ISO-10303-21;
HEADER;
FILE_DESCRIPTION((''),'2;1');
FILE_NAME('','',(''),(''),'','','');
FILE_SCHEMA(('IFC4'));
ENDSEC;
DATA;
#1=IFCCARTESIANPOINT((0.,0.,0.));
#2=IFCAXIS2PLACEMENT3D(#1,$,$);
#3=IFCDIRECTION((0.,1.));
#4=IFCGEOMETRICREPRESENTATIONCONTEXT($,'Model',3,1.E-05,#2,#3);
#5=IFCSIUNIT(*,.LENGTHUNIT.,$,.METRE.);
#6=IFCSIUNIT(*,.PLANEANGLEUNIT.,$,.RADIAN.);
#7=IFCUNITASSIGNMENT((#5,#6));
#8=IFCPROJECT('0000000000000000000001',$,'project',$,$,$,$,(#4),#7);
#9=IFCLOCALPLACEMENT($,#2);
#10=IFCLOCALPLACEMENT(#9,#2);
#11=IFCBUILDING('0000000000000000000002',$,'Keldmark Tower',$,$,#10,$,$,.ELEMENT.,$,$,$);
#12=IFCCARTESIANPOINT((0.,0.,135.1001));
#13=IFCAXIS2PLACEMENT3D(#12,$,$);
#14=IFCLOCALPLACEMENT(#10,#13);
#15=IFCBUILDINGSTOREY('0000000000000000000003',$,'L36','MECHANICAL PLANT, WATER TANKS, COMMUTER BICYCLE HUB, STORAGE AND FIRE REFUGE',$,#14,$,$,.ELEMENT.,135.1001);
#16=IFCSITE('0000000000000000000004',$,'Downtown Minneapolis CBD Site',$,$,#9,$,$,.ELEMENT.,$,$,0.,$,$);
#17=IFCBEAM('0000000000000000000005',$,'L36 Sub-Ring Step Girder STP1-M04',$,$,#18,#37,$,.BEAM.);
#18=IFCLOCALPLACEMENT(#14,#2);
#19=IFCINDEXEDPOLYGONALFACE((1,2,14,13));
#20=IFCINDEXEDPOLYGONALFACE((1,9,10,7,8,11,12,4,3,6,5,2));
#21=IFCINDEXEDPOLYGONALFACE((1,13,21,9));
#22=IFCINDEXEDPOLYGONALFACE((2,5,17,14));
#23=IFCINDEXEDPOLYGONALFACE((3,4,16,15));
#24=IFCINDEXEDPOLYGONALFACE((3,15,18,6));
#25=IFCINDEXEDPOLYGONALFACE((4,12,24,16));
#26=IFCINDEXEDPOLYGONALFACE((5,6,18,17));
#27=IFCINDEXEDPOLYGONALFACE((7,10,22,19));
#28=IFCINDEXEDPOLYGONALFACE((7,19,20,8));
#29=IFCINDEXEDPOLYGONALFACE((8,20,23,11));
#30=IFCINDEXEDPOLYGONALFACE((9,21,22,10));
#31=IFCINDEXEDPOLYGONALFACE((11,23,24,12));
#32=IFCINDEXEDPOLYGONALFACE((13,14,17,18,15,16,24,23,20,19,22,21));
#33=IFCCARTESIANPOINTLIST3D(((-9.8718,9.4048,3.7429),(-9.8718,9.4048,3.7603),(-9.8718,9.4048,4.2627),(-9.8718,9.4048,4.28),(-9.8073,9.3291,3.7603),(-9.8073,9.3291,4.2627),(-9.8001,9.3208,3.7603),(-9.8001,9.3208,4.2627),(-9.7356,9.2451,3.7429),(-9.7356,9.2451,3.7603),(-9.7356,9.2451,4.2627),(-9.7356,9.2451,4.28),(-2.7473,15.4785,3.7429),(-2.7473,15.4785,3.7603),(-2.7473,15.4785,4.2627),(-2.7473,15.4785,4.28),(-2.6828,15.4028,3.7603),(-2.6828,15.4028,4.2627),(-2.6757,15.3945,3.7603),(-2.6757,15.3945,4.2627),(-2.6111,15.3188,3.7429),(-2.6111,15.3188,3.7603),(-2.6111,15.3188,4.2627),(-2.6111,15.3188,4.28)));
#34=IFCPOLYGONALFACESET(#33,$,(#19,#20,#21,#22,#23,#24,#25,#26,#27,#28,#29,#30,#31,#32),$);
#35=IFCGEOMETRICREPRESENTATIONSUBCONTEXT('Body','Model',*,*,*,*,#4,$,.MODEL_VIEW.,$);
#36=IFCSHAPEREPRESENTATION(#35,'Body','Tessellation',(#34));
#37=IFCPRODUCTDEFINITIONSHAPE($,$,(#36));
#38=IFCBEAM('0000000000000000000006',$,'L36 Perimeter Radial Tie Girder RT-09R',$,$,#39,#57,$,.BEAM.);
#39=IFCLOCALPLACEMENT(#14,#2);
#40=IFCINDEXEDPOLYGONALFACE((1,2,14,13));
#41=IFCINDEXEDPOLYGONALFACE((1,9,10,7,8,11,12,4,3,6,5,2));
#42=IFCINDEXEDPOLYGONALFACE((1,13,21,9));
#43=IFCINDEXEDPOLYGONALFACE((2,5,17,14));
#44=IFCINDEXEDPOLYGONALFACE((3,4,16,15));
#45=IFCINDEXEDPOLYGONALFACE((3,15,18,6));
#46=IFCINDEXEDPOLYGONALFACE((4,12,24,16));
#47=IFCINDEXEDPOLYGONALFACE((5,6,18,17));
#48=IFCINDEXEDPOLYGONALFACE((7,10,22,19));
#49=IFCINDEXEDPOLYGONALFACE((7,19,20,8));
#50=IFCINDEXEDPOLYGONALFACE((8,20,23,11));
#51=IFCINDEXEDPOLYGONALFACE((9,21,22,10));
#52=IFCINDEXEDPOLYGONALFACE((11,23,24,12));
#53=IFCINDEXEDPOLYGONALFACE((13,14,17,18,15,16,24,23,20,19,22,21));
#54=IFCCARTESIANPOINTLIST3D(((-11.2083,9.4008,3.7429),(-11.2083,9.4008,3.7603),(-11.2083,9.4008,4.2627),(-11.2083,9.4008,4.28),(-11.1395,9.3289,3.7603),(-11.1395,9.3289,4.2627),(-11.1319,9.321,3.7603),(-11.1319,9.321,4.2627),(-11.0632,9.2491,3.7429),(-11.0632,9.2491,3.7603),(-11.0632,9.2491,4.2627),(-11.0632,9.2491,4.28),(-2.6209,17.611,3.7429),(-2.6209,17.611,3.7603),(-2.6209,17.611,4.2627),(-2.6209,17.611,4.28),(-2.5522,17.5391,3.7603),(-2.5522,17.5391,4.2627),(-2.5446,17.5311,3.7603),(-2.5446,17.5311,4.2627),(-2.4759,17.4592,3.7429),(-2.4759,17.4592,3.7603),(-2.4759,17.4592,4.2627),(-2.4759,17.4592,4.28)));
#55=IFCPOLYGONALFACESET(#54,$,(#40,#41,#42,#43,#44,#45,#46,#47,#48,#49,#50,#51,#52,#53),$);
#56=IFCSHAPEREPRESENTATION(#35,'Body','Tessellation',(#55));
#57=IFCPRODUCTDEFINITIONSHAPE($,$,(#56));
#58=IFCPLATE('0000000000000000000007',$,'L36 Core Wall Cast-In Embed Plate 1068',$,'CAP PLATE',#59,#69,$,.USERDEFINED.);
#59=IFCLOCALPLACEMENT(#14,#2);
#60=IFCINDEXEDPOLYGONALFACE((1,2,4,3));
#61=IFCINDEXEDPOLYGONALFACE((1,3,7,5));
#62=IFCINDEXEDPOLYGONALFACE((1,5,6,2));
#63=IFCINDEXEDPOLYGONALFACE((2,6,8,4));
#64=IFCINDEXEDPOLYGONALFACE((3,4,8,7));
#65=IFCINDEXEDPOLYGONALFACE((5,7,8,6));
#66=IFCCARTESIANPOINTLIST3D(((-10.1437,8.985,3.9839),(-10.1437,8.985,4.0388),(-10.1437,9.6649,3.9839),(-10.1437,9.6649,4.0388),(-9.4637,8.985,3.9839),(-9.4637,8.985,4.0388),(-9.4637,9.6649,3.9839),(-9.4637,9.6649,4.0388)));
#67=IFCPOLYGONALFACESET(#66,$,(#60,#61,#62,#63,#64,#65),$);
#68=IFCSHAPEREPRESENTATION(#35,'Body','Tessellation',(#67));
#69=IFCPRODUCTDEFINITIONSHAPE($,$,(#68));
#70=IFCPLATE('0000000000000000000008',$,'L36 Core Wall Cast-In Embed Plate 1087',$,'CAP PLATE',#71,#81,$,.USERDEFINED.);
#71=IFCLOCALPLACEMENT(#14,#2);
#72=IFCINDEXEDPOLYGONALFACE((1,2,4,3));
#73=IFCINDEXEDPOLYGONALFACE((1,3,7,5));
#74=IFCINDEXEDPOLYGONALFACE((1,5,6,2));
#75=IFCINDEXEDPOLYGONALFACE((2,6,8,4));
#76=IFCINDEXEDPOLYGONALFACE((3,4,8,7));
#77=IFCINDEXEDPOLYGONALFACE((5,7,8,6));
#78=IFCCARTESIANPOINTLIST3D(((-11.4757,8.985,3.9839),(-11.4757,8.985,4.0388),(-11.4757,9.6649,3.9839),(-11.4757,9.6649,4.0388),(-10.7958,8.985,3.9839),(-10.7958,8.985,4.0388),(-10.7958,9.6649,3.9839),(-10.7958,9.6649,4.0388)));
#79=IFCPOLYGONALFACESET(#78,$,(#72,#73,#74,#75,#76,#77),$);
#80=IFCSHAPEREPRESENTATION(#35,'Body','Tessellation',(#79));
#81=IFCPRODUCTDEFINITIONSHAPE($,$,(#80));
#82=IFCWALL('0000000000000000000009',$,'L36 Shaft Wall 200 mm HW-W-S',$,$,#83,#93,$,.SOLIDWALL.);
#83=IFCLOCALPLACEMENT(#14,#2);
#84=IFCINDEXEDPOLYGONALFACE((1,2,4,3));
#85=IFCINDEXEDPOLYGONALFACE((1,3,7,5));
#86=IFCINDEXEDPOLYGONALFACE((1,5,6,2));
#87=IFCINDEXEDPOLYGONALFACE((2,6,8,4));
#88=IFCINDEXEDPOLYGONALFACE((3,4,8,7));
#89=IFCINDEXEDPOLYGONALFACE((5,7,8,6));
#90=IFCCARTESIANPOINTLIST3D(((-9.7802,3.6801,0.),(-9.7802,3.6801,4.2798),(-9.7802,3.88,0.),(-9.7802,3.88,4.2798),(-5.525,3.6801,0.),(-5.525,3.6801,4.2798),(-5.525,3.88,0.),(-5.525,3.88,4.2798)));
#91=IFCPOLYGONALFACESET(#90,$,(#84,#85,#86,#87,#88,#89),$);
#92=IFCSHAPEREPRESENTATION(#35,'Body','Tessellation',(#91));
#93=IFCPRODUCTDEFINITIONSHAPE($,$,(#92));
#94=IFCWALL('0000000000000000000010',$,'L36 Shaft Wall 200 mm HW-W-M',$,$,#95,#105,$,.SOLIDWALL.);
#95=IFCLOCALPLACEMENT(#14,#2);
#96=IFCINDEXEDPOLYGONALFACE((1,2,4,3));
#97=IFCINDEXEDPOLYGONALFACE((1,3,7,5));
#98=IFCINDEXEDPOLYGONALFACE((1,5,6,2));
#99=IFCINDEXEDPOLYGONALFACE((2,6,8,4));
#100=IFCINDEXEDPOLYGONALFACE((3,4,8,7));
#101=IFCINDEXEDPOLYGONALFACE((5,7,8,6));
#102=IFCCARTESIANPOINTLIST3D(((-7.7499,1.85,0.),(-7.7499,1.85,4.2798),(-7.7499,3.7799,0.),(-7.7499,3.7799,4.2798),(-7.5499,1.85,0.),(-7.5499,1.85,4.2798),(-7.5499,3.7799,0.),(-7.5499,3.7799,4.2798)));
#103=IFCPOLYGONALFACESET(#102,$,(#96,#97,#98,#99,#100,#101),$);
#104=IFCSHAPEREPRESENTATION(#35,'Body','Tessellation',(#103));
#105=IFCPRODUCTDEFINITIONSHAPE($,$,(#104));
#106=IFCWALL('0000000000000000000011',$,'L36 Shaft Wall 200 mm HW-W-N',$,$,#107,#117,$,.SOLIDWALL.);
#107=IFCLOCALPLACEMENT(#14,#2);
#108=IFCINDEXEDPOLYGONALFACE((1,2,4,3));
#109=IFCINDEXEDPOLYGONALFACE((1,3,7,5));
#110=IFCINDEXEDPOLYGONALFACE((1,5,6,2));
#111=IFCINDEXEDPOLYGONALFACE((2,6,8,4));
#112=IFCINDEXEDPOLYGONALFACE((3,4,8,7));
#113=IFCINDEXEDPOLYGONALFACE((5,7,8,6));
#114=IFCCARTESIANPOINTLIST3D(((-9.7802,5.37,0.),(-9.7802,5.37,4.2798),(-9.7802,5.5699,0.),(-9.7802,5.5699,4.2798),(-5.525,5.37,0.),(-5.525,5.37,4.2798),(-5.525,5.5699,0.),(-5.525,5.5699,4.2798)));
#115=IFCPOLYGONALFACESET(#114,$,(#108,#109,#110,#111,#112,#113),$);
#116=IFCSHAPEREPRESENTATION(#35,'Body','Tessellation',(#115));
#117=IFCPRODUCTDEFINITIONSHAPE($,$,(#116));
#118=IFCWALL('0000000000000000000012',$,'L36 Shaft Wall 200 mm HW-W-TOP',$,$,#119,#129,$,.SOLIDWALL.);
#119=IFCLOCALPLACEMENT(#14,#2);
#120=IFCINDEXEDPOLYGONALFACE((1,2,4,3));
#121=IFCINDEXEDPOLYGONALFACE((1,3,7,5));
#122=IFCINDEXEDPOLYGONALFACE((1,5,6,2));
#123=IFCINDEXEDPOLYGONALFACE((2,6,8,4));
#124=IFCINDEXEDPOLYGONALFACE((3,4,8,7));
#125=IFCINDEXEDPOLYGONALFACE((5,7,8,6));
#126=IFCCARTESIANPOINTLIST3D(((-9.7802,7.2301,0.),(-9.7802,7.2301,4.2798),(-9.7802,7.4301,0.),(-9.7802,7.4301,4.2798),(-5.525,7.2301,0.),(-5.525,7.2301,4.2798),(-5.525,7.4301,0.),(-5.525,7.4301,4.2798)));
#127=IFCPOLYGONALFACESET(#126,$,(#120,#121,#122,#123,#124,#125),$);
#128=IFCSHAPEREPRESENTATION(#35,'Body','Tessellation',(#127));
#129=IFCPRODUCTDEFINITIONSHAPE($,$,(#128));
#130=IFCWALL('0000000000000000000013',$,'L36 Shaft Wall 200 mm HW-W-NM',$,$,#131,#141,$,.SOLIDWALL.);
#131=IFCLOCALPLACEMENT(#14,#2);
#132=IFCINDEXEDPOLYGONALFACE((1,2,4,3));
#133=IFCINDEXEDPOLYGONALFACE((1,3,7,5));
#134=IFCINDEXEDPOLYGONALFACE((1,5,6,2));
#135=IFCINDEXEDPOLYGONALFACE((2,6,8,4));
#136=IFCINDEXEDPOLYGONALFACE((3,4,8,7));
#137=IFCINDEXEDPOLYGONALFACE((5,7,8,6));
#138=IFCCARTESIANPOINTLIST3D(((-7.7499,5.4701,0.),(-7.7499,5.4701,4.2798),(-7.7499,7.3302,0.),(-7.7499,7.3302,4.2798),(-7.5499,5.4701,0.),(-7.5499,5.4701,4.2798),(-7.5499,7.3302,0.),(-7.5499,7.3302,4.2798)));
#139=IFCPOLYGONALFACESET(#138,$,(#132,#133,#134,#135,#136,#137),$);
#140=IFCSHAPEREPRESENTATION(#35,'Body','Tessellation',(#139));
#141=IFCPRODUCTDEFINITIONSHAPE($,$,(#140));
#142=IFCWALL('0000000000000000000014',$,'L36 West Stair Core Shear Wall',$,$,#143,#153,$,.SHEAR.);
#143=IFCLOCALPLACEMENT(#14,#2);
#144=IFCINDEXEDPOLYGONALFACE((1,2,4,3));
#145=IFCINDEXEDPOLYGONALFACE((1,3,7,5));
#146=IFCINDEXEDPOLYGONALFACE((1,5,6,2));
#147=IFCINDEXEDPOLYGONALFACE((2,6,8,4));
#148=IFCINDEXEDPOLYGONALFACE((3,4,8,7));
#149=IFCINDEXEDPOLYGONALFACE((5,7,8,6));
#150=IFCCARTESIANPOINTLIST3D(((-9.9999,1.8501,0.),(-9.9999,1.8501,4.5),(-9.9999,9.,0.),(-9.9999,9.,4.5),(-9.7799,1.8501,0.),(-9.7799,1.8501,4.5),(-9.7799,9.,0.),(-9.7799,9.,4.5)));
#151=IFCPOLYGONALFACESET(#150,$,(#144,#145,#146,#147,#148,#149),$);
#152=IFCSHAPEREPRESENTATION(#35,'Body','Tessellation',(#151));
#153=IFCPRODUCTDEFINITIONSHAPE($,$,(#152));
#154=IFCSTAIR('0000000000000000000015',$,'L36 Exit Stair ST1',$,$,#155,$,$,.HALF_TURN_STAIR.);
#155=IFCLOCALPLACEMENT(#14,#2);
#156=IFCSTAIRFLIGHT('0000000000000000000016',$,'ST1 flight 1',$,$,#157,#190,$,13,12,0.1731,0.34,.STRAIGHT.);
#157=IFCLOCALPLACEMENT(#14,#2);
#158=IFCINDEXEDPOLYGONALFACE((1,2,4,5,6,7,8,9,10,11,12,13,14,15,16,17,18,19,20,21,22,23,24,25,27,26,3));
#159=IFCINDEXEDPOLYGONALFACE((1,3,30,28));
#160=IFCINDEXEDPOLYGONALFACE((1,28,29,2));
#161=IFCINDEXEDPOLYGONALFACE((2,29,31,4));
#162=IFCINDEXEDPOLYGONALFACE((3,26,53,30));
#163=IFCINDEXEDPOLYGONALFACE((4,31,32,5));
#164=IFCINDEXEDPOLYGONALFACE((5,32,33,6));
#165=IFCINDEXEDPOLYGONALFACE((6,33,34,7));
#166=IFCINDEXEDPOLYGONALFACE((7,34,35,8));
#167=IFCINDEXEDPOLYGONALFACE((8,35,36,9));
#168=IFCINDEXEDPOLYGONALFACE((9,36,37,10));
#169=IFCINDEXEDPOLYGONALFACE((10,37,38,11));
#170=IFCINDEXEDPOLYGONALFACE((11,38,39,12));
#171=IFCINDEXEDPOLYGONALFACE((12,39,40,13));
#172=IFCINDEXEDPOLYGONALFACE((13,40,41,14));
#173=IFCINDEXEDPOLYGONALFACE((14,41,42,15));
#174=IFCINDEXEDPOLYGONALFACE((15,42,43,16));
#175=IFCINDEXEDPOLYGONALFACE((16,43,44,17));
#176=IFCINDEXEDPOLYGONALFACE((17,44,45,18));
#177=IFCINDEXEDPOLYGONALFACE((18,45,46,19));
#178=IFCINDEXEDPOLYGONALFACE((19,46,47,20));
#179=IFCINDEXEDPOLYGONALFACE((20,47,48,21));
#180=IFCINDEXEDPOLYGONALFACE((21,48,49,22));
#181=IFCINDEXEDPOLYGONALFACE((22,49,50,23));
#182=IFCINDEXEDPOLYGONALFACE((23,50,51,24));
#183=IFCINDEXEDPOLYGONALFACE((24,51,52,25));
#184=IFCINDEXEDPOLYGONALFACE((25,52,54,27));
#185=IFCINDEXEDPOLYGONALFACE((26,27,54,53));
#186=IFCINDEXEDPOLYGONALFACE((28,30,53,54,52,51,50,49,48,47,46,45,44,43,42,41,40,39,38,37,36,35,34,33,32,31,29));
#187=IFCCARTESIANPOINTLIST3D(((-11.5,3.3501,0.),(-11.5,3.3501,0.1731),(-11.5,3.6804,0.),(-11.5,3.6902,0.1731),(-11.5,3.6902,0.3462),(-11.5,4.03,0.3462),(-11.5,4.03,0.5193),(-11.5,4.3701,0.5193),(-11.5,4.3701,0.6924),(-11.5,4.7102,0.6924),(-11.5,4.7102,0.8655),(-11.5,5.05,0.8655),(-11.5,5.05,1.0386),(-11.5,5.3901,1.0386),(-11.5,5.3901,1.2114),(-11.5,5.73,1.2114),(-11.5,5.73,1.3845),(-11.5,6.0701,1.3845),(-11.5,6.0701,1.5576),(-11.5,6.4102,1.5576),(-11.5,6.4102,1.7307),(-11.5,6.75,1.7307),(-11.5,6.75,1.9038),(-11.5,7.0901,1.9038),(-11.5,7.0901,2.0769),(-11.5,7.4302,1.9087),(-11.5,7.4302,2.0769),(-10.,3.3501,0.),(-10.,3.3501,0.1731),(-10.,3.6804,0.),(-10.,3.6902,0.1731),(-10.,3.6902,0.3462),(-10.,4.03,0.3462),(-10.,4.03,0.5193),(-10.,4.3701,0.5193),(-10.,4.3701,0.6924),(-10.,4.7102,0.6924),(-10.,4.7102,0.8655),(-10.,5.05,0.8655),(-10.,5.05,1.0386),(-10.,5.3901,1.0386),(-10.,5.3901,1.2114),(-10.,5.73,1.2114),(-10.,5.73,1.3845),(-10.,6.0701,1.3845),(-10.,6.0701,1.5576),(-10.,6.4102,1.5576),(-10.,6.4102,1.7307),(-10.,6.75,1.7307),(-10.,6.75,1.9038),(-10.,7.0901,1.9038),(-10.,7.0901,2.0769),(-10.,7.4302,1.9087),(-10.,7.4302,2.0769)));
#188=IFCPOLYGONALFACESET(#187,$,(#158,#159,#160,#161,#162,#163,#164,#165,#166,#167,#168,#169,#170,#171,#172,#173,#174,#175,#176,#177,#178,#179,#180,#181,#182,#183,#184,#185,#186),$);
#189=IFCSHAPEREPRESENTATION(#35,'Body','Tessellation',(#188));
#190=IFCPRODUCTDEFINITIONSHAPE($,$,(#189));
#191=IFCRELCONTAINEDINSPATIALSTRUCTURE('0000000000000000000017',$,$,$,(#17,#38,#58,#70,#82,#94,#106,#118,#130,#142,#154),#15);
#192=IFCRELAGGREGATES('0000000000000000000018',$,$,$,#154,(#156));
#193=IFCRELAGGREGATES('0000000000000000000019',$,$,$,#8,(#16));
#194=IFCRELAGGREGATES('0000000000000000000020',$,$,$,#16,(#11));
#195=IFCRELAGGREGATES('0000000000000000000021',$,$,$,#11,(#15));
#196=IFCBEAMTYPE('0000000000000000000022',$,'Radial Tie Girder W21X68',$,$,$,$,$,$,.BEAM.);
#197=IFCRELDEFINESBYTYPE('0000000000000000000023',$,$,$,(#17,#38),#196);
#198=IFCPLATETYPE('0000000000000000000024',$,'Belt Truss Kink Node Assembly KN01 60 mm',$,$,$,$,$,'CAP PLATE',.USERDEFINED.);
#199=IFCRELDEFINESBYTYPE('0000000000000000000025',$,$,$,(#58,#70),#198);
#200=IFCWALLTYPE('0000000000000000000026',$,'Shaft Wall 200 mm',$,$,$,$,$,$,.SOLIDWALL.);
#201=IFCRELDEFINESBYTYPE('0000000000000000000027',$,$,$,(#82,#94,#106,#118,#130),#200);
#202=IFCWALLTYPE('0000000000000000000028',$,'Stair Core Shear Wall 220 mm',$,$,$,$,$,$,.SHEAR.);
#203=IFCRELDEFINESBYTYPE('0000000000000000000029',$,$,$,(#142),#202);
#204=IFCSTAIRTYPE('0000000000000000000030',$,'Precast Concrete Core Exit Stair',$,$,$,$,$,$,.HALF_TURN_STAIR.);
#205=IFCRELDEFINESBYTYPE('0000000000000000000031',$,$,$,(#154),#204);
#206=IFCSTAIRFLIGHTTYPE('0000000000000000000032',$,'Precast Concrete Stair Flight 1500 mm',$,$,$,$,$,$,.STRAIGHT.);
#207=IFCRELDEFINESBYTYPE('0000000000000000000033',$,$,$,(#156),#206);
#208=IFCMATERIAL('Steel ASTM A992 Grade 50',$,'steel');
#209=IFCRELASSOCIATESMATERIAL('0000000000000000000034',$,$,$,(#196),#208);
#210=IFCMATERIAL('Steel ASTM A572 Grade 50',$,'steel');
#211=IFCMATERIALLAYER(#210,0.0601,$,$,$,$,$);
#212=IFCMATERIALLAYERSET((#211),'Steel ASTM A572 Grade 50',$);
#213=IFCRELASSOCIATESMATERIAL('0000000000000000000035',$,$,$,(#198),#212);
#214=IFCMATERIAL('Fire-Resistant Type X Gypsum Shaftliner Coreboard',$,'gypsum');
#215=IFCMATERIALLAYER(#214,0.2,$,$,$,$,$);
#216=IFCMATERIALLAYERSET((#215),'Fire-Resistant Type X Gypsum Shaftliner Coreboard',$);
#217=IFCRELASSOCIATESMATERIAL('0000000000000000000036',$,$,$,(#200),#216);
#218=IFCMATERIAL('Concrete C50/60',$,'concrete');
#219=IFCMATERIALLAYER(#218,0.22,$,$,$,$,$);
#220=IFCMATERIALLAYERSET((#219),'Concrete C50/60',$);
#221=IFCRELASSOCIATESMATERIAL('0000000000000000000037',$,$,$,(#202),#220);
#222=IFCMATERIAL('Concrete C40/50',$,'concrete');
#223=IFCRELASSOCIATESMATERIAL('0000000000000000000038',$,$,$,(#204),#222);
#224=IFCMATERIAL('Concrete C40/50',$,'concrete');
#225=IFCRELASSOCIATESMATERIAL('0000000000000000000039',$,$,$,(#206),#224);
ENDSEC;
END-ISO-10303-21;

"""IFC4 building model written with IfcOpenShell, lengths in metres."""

from ifc_helpers import new_model, si_unit, direction, frame, frame_2d, origin, origin_2d, place, context, subcontext, project, spatial, polyline, rectangle, i_section, outline, extrude, material, layer, layer_set, material_profile, profile_set, type_object, element, aggregate, save


model = new_model("IFC4")

# Units and contexts
model_context = context("Model", 3, precision=1e-05, world=origin(), true_north=direction((0.0, 1.0)))
body_context = subcontext(model_context, "Body", "Model", "MODEL_VIEW")
ifc_project = project(units=[si_unit("LENGTHUNIT", "METRE"), si_unit("PLANEANGLEUNIT", "RADIAN")], contexts=[model_context])

# Site, building, storey
site_placement = place(None, origin())
site = spatial("IfcSite", under=ifc_project, at=site_placement, Name="Downtown Minneapolis CBD Site", CompositionType="ELEMENT", RefElevation=0.0)
building_placement = place(site_placement, origin())
building = spatial("IfcBuilding", under=site, at=building_placement, Name="Keldmark Tower", CompositionType="ELEMENT")
storey_placement = place(building_placement, frame((0.0, 0.0, 135.1001)))
storey = spatial("IfcBuildingStorey", under=building, at=storey_placement, Name="L36", Description="MECHANICAL PLANT, WATER TANKS, COMMUTER BICYCLE HUB, STORAGE AND FIRE REFUGE", CompositionType="ELEMENT", Elevation=135.1001)

# Beams
ifc_material_1 = material(Name="Steel ASTM A992 Grade 50", Category="steel")
ifc_material_profile = material_profile(ifc_material_1, i_section(OverallWidth=0.21, OverallDepth=0.5371, WebThickness=0.011, FlangeThickness=0.0173, at=origin_2d()), Name="W21X68")
ifc_profile_set = profile_set([ifc_material_profile], Name="Steel ASTM A992 Grade 50")
beam_type = type_object("IfcBeamType", Name="Radial Tie Girder W21X68", PredefinedType="BEAM", material=ifc_profile_set)
beam_1_placement = place(storey_placement, frame((-9.8037, 9.325, 4.0115), z_axis=(0.760995, 0.648757, 0.0), x_axis=(-0.648757, 0.760995, 0.0)))
element("IfcBeam", 1, at=beam_1_placement, inside=storey, type_object=beam_type, Name="L36 Sub-Ring Step Girder STP1-M04", PredefinedType="BEAM", context=body_context, shape_type="SweptSolid", body=[
    extrude(i_section(OverallWidth=0.21, OverallDepth=0.5371, WebThickness=0.011, FlangeThickness=0.0173, at=origin_2d()), origin(), (0.0, 0.0, 1.0), 9.3621),
])
beam_2_placement = place(storey_placement, frame((-11.1357, 9.325, 4.0115), z_axis=(0.722803, 0.691054, 0.0), x_axis=(-0.691054, 0.722803, 0.0)))
element("IfcBeam", 2, at=beam_2_placement, inside=storey, type_object=beam_type, Name="L36 Perimeter Radial Tie Girder RT-09R", PredefinedType="BEAM", context=body_context, shape_type="SweptSolid", body=[
    extrude(i_section(OverallWidth=0.21, OverallDepth=0.5371, WebThickness=0.011, FlangeThickness=0.0173, at=origin_2d()), origin(), (0.0, 0.0, 1.0), 11.8806),
])

# Plates
ifc_material_2 = material(Name="Steel ASTM A572 Grade 50", Category="steel")
ifc_layer_1 = layer(ifc_material_2, 0.0601)
ifc_layer_set_1 = layer_set([ifc_layer_1], Name="Steel ASTM A572 Grade 50")
plate_type = type_object("IfcPlateType", Name="Belt Truss Kink Node Assembly KN01 60 mm", ElementType="CAP PLATE", PredefinedType="USERDEFINED", material=ifc_layer_set_1)
for number, where, z_axis, x_axis, name in (
    (3, (-9.8037, 9.325, 3.9839), (0.0, 0.0, 1.0), (1.0, 0.0, 0.0), "L36 Core Wall Cast-In Embed Plate 1068"),
    (4, (-11.1357, 9.325, 3.9839), (0.0, 0.0, 1.0), (1.0, 0.0, 0.0), "L36 Core Wall Cast-In Embed Plate 1087"),
):
    element("IfcPlate", number, at=place(storey_placement, frame(where, z_axis=z_axis, x_axis=x_axis)), inside=storey, type_object=plate_type, Name=name, ObjectType="CAP PLATE", PredefinedType="USERDEFINED", context=body_context, shape_type="SweptSolid", body=[
        extrude(rectangle(XDim=0.6799, YDim=0.6799, at=origin_2d()), origin(), (0.0, 0.0, 1.0), 0.0549),
    ])

# Walls
ifc_material_3 = material(Name="Fire-Resistant Type X Gypsum Shaftliner Coreboard", Category="gypsum")
ifc_layer_2 = layer(ifc_material_3, 0.2)
ifc_layer_set_2 = layer_set([ifc_layer_2], Name="Fire-Resistant Type X Gypsum Shaftliner Coreboard")
wall_type_1 = type_object("IfcWallType", Name="Shaft Wall 200 mm", PredefinedType="SOLIDWALL", material=ifc_layer_set_2)
wall_1_placement = place(storey_placement, frame((-9.78, 3.78, 0.0), z_axis=(0.0, 0.0, 1.0), x_axis=(1.0, 0.0, 0.0)))
element("IfcWall", 5, at=wall_1_placement, inside=storey, type_object=wall_type_1, Name="L36 Shaft Wall 200 mm HW-W-S", PredefinedType="SOLIDWALL", context=body_context, shape_type="SweptSolid", body=[
    extrude(rectangle(XDim=4.2551, YDim=0.2, at=frame_2d((2.1274, 0.0))), origin(), (0.0, 0.0, 1.0), 4.2798),
])
wall_2_placement = place(storey_placement, frame((-7.6499, 1.8501, 0.0), z_axis=(0.0, 0.0, 1.0), x_axis=(0.0, 1.0, 0.0)))
element("IfcWall", 6, at=wall_2_placement, inside=storey, type_object=wall_type_1, Name="L36 Shaft Wall 200 mm HW-W-M", PredefinedType="SOLIDWALL", context=body_context, shape_type="SweptSolid", body=[
    extrude(rectangle(XDim=1.9299, YDim=0.2, at=frame_2d((0.9648, 0.0))), origin(), (0.0, 0.0, 1.0), 4.2798),
])
for number, where, z_axis, x_axis, name in (
    (7, (-9.78, 5.47, 0.0), (0.0, 0.0, 1.0), (1.0, 0.0, 0.0), "L36 Shaft Wall 200 mm HW-W-N"),
    (8, (-9.78, 7.3301, 0.0), (0.0, 0.0, 1.0), (1.0, 0.0, 0.0), "L36 Shaft Wall 200 mm HW-W-TOP"),
):
    element("IfcWall", number, at=place(storey_placement, frame(where, z_axis=z_axis, x_axis=x_axis)), inside=storey, type_object=wall_type_1, Name=name, PredefinedType="SOLIDWALL", context=body_context, shape_type="SweptSolid", body=[
        extrude(rectangle(XDim=4.2551, YDim=0.2, at=frame_2d((2.1274, 0.0))), origin(), (0.0, 0.0, 1.0), 4.2798),
    ])
wall_3_placement = place(storey_placement, frame((-7.6499, 5.47, 0.0), z_axis=(0.0, 0.0, 1.0), x_axis=(0.0, 1.0, 0.0)))
element("IfcWall", 9, at=wall_3_placement, inside=storey, type_object=wall_type_1, Name="L36 Shaft Wall 200 mm HW-W-NM", PredefinedType="SOLIDWALL", context=body_context, shape_type="SweptSolid", body=[
    extrude(rectangle(XDim=1.8601, YDim=0.2, at=frame_2d((0.9302, 0.0))), origin(), (0.0, 0.0, 1.0), 4.2798),
])
ifc_material_4 = material(Name="Concrete C50/60", Category="concrete")
ifc_layer_3 = layer(ifc_material_4, 0.22)
ifc_layer_set_3 = layer_set([ifc_layer_3], Name="Concrete C50/60")
wall_type_2 = type_object("IfcWallType", Name="Stair Core Shear Wall 220 mm", PredefinedType="SHEAR", material=ifc_layer_set_3)
wall_4_placement = place(storey_placement, frame((-9.8899, 1.8501, 0.0), z_axis=(0.0, 0.0, 1.0), x_axis=(0.0, 1.0, 0.0)))
element("IfcWall", 10, at=wall_4_placement, inside=storey, type_object=wall_type_2, Name="L36 West Stair Core Shear Wall", PredefinedType="SHEAR", context=body_context, shape_type="SweptSolid", body=[
    extrude(rectangle(XDim=7.1499, YDim=0.22, at=frame_2d((3.575, 0.0))), origin(), (0.0, 0.0, 1.0), 4.5),
])

# Stair, stair flight
ifc_material_5 = material(Name="Concrete C40/50", Category="concrete")
stair_type = type_object("IfcStairType", Name="Precast Concrete Core Exit Stair", PredefinedType="HALF_TURN_STAIR", material=ifc_material_5)
stair_placement = place(storey_placement, origin())
stair = element("IfcStair", 11, at=stair_placement, inside=storey, type_object=stair_type, Name="L36 Exit Stair ST1", PredefinedType="HALF_TURN_STAIR")
ifc_material_6 = material(Name="Concrete C40/50", Category="concrete")
stair_flight_type = type_object("IfcStairFlightType", Name="Precast Concrete Stair Flight 1500 mm", PredefinedType="STRAIGHT", material=ifc_material_6)
stair_flight_placement = place(storey_placement, frame((-10.75, 3.3501, 0.0), z_axis=(0.0, 0.0, 1.0), x_axis=(0.0, 1.0, 0.0)))
stair_flight = element("IfcStairFlight", 12, at=stair_flight_placement, type_object=stair_flight_type, Name="ST1 flight 1", NumberOfRisers=13, NumberOfTreads=12, PredefinedType="STRAIGHT", RiserHeight=0.1731, TreadLength=0.34, context=body_context, shape_type="SweptSolid", body=[
    extrude(outline(polyline([(0.0, 0.0), (0.0, 0.1731), (0.3401, 0.1731), (0.3401, 0.3462), (0.6799, 0.3462), (0.6799, 0.5193), (1.02, 0.5193), (1.02, 0.6924), (1.3601, 0.6924), (1.3601, 0.8655), (1.7, 0.8655), (1.7, 1.0386), (2.04, 1.0386), (2.04, 1.2114), (2.3799, 1.2114), (2.3799, 1.3845), (2.72, 1.3845), (2.72, 1.5576), (3.0601, 1.5576), (3.0601, 1.7307), (3.3999, 1.7307), (3.3999, 1.9038), (3.74, 1.9038), (3.74, 2.0769), (4.0801, 2.0769), (4.0801, 2.25), (4.0801, 1.9087), (0.3303, 0.0), (0.0, 0.0)])), frame((0.0, 0.75, 0.0), z_axis=(0.0, -1.0, 0.0), x_axis=(1.0, 0.0, 0.0)), (0.0, 0.0, 1.0), 1.5),
])
aggregate(stair, [stair_flight])

save(model, "model.ifc")
